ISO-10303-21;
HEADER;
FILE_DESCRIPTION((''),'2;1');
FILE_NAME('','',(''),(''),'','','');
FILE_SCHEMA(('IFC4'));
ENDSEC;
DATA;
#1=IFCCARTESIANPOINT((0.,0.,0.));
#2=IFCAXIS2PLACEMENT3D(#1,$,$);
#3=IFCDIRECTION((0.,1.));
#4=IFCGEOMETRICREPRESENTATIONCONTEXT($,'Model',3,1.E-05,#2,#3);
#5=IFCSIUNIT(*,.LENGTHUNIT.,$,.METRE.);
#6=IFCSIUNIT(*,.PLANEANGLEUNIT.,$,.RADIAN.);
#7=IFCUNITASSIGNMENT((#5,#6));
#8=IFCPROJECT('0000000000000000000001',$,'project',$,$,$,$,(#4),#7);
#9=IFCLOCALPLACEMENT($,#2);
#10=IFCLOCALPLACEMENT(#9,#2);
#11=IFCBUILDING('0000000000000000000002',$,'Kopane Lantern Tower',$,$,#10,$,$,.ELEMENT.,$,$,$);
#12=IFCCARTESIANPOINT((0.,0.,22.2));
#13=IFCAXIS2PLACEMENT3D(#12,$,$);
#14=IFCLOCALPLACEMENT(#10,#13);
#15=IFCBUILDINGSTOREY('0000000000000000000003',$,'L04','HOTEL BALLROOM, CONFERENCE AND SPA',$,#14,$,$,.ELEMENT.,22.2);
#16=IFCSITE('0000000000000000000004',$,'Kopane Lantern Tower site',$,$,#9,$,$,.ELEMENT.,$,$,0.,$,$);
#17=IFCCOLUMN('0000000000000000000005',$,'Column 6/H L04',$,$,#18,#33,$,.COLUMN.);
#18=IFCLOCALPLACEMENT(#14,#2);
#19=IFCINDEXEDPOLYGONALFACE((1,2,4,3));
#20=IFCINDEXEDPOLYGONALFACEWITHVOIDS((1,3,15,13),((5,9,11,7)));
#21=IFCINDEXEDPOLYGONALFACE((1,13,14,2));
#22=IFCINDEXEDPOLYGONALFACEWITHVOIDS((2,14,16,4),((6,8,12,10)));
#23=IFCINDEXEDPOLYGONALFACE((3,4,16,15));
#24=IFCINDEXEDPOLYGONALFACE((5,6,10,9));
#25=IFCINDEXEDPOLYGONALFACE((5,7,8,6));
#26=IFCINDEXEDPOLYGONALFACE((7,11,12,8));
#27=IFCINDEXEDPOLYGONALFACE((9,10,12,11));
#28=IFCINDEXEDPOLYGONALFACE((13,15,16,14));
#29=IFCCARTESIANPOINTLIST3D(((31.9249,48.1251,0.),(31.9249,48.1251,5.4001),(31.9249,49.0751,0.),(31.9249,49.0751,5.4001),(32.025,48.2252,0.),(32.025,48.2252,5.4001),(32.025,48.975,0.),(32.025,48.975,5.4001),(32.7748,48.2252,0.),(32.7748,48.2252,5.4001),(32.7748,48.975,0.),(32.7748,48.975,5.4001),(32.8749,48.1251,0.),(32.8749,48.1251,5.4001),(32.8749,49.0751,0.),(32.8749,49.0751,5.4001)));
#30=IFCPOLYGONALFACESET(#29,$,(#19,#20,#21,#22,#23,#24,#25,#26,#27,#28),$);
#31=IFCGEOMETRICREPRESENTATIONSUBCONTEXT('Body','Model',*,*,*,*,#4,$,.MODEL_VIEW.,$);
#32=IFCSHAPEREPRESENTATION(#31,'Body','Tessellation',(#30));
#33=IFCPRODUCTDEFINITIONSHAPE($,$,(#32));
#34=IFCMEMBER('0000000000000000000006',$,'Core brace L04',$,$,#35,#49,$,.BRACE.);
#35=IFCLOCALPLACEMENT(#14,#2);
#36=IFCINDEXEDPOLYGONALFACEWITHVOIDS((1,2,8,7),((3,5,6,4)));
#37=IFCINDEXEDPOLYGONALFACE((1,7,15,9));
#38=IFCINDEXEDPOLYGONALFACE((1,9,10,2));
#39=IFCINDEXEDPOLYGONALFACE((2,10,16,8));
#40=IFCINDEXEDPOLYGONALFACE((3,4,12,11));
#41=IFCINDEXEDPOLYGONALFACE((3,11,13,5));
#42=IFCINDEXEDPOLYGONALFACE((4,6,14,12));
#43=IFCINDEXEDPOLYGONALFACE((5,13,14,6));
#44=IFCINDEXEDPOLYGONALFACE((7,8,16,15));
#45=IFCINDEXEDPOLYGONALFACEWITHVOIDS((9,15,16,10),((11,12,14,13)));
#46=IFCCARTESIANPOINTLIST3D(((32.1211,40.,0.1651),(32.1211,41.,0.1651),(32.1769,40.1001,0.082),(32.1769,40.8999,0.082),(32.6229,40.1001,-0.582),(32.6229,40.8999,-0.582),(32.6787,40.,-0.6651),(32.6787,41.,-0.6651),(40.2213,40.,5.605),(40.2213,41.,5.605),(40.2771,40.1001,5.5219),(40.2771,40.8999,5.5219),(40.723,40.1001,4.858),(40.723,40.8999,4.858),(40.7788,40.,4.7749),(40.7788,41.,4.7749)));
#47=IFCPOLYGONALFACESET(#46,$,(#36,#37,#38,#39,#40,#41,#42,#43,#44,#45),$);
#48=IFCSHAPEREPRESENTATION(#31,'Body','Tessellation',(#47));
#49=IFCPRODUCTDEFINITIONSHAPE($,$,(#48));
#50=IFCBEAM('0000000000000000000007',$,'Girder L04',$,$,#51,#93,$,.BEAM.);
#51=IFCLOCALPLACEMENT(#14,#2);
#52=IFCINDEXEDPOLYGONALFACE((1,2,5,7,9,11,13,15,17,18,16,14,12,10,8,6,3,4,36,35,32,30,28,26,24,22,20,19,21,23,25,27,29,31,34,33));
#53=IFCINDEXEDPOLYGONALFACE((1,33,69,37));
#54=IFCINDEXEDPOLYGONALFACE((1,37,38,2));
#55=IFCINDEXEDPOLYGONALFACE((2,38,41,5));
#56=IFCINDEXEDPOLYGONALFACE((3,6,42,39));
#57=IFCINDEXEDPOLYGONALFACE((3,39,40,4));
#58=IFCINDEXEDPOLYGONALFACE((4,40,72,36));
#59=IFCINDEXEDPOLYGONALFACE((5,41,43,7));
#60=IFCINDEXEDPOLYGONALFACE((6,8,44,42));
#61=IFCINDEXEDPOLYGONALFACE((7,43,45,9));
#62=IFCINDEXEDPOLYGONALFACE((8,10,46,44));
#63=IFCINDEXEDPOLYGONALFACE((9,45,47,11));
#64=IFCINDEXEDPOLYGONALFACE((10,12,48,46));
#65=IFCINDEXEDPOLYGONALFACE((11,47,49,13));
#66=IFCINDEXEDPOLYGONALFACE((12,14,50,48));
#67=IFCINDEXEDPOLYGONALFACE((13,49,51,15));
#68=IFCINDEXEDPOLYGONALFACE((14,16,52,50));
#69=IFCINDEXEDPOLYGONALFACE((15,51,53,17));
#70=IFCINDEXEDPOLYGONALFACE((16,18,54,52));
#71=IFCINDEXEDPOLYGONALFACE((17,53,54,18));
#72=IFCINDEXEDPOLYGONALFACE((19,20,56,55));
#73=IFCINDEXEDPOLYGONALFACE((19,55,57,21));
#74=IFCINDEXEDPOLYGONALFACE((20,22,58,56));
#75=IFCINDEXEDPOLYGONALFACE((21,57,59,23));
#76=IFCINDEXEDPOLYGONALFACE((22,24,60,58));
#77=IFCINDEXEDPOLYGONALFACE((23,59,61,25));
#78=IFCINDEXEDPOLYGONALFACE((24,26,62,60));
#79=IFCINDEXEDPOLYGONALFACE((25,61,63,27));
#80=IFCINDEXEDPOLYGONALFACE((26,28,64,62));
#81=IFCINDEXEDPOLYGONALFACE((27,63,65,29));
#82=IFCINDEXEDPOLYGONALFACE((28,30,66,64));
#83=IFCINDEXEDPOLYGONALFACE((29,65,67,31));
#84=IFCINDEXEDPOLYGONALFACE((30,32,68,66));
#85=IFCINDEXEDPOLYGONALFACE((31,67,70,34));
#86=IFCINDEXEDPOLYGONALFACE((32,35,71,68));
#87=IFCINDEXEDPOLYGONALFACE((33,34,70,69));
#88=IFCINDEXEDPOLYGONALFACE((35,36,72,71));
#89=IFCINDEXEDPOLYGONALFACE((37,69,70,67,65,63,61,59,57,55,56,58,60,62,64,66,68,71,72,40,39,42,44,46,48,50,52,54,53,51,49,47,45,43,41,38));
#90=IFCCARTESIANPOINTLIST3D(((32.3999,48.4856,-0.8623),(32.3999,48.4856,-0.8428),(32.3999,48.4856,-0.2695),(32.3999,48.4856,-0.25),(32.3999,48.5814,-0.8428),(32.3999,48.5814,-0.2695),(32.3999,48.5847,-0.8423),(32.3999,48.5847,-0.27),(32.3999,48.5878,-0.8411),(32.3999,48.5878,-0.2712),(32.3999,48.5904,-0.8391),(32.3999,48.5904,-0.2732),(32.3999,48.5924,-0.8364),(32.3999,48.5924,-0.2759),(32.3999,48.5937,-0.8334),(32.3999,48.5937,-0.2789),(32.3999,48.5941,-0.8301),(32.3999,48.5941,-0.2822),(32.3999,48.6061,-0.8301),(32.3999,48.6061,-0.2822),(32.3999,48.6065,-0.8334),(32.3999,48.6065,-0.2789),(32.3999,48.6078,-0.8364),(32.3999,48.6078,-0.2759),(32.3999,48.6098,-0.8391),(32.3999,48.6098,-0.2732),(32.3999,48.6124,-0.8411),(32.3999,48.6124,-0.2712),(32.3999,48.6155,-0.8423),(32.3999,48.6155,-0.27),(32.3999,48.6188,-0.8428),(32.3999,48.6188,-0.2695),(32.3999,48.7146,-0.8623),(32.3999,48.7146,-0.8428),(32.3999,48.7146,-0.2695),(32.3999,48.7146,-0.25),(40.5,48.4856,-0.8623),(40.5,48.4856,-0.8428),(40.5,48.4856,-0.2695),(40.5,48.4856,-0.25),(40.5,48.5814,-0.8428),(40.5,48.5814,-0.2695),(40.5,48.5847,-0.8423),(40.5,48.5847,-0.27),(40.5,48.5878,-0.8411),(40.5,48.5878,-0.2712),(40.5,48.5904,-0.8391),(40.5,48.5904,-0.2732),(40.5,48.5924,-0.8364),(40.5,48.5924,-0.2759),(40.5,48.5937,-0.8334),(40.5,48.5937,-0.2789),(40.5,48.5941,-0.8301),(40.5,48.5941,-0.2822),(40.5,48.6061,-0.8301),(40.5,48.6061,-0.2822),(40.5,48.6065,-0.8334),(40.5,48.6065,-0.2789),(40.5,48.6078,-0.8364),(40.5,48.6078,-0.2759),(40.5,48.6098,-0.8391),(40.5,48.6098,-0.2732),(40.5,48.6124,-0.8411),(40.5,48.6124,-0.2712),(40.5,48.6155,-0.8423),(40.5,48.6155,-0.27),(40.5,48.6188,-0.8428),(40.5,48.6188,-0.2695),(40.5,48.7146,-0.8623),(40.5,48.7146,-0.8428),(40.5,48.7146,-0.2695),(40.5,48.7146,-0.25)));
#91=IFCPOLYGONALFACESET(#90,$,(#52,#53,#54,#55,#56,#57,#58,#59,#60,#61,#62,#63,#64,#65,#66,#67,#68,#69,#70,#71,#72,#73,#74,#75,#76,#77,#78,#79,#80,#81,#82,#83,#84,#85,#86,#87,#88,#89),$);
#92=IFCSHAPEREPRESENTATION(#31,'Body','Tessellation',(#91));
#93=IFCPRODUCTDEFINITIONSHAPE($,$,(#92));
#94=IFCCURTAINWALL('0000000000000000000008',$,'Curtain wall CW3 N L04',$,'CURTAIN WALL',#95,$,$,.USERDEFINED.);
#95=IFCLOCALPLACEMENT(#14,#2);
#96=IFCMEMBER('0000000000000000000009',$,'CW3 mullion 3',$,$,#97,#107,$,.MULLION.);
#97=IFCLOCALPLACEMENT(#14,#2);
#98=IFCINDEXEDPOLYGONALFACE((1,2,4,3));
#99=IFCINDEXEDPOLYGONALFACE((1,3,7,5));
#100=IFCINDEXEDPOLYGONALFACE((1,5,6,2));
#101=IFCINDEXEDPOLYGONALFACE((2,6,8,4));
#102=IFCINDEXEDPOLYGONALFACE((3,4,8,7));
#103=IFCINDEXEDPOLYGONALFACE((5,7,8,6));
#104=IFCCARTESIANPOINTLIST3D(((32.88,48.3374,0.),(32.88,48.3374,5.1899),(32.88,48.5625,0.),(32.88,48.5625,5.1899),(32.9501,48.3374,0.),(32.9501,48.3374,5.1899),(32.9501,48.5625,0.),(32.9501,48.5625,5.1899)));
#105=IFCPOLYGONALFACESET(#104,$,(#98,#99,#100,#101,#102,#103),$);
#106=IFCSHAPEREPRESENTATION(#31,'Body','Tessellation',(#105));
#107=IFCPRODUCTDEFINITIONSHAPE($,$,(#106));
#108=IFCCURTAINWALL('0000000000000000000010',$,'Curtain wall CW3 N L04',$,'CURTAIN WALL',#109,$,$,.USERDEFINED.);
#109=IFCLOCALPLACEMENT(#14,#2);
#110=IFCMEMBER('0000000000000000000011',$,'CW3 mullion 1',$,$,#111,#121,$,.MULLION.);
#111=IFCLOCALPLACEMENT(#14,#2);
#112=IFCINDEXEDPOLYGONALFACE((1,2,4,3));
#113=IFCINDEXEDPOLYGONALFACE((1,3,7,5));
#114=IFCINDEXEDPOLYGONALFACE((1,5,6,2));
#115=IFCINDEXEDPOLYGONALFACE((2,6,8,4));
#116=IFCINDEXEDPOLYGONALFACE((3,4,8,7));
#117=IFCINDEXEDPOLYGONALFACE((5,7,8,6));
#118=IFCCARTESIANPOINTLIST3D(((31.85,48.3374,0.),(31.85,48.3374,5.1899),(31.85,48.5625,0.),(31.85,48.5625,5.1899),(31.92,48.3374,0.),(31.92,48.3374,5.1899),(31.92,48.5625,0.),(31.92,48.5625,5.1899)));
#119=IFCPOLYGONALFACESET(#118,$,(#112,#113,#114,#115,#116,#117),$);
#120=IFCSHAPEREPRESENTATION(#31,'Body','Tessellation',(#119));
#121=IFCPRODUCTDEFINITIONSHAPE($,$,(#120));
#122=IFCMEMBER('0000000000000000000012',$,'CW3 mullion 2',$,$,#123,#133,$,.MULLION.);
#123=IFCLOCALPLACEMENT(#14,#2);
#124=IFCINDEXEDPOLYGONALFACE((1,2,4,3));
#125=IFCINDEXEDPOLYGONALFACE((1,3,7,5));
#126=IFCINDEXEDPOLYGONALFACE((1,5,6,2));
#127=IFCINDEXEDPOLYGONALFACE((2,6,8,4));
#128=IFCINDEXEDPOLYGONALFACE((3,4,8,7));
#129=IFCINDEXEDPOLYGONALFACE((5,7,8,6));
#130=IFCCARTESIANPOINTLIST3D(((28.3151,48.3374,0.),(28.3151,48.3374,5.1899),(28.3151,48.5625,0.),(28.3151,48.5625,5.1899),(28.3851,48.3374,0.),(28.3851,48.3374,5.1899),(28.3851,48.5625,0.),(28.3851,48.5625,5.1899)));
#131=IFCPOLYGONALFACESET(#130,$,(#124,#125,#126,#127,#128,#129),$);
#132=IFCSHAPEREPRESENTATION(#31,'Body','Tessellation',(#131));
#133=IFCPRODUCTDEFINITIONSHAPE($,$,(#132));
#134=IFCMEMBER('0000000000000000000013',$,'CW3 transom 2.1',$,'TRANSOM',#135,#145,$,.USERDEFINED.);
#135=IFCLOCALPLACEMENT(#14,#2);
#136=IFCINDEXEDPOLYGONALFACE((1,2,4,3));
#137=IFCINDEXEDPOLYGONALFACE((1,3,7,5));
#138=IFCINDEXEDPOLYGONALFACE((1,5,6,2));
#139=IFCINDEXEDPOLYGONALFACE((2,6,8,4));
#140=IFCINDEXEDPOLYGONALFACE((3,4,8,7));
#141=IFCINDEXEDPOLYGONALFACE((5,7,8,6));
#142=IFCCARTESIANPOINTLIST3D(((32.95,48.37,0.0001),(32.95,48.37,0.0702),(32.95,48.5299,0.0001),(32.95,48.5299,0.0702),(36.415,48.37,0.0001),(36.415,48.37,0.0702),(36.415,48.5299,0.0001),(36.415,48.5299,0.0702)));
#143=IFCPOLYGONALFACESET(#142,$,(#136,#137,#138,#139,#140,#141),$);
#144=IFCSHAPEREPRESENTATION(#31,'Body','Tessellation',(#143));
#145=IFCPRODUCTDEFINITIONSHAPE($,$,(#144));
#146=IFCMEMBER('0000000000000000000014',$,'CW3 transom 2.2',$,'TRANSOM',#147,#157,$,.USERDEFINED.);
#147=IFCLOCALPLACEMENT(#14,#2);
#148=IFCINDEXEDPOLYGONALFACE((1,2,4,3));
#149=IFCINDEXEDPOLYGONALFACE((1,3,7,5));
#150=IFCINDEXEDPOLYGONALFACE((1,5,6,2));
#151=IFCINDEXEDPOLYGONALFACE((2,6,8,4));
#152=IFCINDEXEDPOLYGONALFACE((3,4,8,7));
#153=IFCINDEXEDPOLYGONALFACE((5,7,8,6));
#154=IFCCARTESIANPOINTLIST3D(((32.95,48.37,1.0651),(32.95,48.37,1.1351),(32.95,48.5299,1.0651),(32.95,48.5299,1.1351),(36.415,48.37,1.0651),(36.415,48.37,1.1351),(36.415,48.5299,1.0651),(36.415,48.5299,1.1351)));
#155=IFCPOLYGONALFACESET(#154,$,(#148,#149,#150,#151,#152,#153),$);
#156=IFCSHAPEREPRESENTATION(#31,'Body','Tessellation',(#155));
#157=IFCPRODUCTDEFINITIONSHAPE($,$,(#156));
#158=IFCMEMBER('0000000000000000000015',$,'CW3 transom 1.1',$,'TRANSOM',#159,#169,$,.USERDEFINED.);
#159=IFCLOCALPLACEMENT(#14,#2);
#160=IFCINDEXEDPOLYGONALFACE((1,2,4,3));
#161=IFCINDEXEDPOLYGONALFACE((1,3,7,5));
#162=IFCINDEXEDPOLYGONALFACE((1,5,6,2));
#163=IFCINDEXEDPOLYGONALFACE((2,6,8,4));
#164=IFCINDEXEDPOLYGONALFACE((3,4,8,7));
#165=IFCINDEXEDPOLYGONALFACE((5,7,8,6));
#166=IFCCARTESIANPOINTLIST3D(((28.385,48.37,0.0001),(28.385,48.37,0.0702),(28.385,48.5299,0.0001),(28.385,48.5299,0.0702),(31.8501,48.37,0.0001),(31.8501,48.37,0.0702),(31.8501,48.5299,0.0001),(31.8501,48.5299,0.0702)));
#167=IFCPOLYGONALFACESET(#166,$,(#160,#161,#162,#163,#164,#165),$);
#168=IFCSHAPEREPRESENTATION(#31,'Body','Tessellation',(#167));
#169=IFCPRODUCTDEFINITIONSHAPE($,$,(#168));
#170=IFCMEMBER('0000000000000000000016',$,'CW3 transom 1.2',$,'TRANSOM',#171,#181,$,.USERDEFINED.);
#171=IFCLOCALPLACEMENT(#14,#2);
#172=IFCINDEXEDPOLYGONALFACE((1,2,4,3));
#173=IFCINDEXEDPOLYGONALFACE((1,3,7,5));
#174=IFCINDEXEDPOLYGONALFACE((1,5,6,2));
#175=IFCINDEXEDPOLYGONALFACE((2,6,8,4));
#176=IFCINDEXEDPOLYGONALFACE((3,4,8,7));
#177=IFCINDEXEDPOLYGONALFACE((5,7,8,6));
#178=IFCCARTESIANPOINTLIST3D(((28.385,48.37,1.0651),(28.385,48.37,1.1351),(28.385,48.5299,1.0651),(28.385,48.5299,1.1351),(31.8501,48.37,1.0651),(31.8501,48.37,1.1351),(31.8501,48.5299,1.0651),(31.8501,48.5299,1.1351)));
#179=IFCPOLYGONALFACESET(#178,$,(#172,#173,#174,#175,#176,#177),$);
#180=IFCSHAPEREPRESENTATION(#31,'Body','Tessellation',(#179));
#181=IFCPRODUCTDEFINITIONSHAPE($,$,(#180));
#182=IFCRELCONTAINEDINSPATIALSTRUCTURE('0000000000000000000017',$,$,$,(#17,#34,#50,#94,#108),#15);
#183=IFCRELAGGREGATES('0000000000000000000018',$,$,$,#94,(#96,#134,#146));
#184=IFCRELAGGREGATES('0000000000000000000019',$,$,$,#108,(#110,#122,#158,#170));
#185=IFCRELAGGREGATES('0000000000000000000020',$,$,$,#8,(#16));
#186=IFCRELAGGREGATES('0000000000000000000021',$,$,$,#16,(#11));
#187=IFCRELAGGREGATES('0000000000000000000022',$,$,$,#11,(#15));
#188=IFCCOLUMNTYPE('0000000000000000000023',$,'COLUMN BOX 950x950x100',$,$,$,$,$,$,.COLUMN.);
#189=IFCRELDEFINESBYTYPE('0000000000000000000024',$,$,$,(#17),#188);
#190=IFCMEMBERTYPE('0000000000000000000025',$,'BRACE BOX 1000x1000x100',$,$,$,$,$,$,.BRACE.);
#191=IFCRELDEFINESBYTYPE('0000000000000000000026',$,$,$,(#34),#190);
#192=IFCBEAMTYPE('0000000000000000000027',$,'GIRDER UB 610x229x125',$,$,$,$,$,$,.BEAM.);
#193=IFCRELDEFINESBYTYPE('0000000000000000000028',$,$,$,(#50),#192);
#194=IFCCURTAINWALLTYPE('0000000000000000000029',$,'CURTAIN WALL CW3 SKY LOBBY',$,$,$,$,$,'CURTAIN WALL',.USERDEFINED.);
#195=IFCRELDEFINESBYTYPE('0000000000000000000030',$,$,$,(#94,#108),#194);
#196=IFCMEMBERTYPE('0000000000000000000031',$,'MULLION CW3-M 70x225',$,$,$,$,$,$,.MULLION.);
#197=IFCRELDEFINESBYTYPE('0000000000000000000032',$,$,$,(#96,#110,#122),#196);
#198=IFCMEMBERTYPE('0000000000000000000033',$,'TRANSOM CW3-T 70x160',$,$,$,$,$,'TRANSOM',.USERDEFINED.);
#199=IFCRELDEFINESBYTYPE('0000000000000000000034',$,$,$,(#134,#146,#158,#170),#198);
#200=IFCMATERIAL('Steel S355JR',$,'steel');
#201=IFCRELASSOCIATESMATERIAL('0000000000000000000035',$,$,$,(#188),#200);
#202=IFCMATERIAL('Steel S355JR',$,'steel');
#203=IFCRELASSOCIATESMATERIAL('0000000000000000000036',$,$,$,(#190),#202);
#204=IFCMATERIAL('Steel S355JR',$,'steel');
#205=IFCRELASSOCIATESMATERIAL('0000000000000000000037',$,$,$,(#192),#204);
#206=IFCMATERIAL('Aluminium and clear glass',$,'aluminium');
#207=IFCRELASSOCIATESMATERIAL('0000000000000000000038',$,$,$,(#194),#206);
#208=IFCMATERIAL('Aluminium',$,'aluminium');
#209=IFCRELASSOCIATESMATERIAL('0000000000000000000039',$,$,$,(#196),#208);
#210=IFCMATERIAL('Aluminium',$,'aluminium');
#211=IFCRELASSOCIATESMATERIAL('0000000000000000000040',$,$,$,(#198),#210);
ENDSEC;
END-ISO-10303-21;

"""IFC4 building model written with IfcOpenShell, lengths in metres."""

from ifc_helpers import new_model, si_unit, direction, frame, origin, origin_2d, place, context, subcontext, project, spatial, rectangle, hollow_rectangle, i_section, extrude, material, material_profile, profile_set, type_object, element, aggregate, save


model = new_model("IFC4")

# Units and contexts
model_context = context("Model", 3, precision=1e-05, world=origin(), true_north=direction((0.0, 1.0)))
body_context = subcontext(model_context, "Body", "Model", "MODEL_VIEW")
ifc_project = project(units=[si_unit("LENGTHUNIT", "METRE"), si_unit("PLANEANGLEUNIT", "RADIAN")], contexts=[model_context])

# Site, building, storey
site_placement = place(None, origin())
site = spatial("IfcSite", under=ifc_project, at=site_placement, Name="Kopane Lantern Tower site", CompositionType="ELEMENT", RefElevation=0.0)
building_placement = place(site_placement, origin())
building = spatial("IfcBuilding", under=site, at=building_placement, Name="Kopane Lantern Tower", CompositionType="ELEMENT")
storey_placement = place(building_placement, frame((0.0, 0.0, 22.2)))
storey = spatial("IfcBuildingStorey", under=building, at=storey_placement, Name="L04", Description="HOTEL BALLROOM, CONFERENCE AND SPA", CompositionType="ELEMENT", Elevation=22.2)

# Column
ifc_material_1 = material(Name="Steel S355JR", Category="steel")
ifc_material_profile_1 = material_profile(ifc_material_1, hollow_rectangle(XDim=0.95, YDim=0.95, WallThickness=0.1001, at=origin_2d()), Name="BOX 950x950x100")
ifc_profile_set_1 = profile_set([ifc_material_profile_1], Name="Steel S355JR")
column_type = type_object("IfcColumnType", Name="COLUMN BOX 950x950x100", PredefinedType="COLUMN", material=ifc_profile_set_1)
column_placement = place(storey_placement, frame((32.3999, 48.6001, 0.0), z_axis=(0.0, 0.0, 1.0), x_axis=(1.0, 0.0, 0.0)))
element("IfcColumn", 1, at=column_placement, inside=storey, type_object=column_type, Name="Column 6/H L04", PredefinedType="COLUMN", context=body_context, shape_type="SweptSolid", body=[
    extrude(hollow_rectangle(XDim=0.95, YDim=0.95, WallThickness=0.1001, at=origin_2d()), origin(), (0.0, 0.0, 1.0), 5.4001),
])

# Member
ifc_material_2 = material(Name="Steel S355JR", Category="steel")
ifc_material_profile_2 = material_profile(ifc_material_2, hollow_rectangle(XDim=1.0, YDim=1.0, WallThickness=0.1001, at=origin_2d()), Name="BOX 1000x1000x100")
ifc_profile_set_2 = profile_set([ifc_material_profile_2], Name="Steel S355JR")
member_type_1 = type_object("IfcMemberType", Name="BRACE BOX 1000x1000x100", PredefinedType="BRACE", material=ifc_profile_set_2)
member_1_placement = place(storey_placement, frame((32.3999, 40.5, -0.25), z_axis=(0.830159, 0.0, 0.557526), x_axis=(0.0, 1.0, 0.0)))
element("IfcMember", 2, at=member_1_placement, inside=storey, type_object=member_type_1, Name="Core brace L04", PredefinedType="BRACE", context=body_context, shape_type="SweptSolid", body=[
    extrude(hollow_rectangle(XDim=1.0, YDim=1.0, WallThickness=0.1001, at=origin_2d()), origin(), (0.0, 0.0, 1.0), 9.7573),
])

# Beam
ifc_material_3 = material(Name="Steel S355JR", Category="steel")
ifc_material_profile_3 = material_profile(ifc_material_3, i_section(OverallWidth=0.229, OverallDepth=0.6123, WebThickness=0.012, FlangeThickness=0.0195, FilletRadius=0.0127, at=origin_2d()), Name="UB 610x229x125")
ifc_profile_set_3 = profile_set([ifc_material_profile_3], Name="Steel S355JR")
beam_type = type_object("IfcBeamType", Name="GIRDER UB 610x229x125", PredefinedType="BEAM", material=ifc_profile_set_3)
beam_placement = place(storey_placement, frame((32.3999, 48.6001, -0.5562), z_axis=(1.0, 0.0, 0.0), x_axis=(0.0, 1.0, 0.0)))
element("IfcBeam", 3, at=beam_placement, inside=storey, type_object=beam_type, Name="Girder L04", PredefinedType="BEAM", context=body_context, shape_type="SweptSolid", body=[
    extrude(i_section(OverallWidth=0.229, OverallDepth=0.6123, WebThickness=0.012, FlangeThickness=0.0195, FilletRadius=0.0127, at=origin_2d()), origin(), (0.0, 0.0, 1.0), 8.1001),
])

# Curtain wall, member
ifc_material_4 = material(Name="Aluminium and clear glass", Category="aluminium")
curtain_wall_type = type_object("IfcCurtainWallType", Name="CURTAIN WALL CW3 SKY LOBBY", ElementType="CURTAIN WALL", PredefinedType="USERDEFINED", material=ifc_material_4)
curtain_wall_1_placement = place(storey_placement, origin())
curtain_wall_1 = element("IfcCurtainWall", 4, at=curtain_wall_1_placement, inside=storey, type_object=curtain_wall_type, Name="Curtain wall CW3 N L04", ObjectType="CURTAIN WALL", PredefinedType="USERDEFINED")
ifc_material_5 = material(Name="Aluminium", Category="aluminium")
ifc_material_profile_4 = material_profile(ifc_material_5, rectangle(XDim=0.0701, YDim=0.2251, at=origin_2d()), Name="AL 70x225")
ifc_profile_set_4 = profile_set([ifc_material_profile_4], Name="Aluminium")
member_type_2 = type_object("IfcMemberType", Name="MULLION CW3-M 70x225", PredefinedType="MULLION", material=ifc_profile_set_4)
member_2_placement = place(storey_placement, frame((32.915, 48.45, 0.0), z_axis=(0.0, 0.0, 1.0), x_axis=(-1.0, 0.0, 0.0)))
member_2 = element("IfcMember", 5, at=member_2_placement, type_object=member_type_2, Name="CW3 mullion 3", PredefinedType="MULLION", context=body_context, shape_type="SweptSolid", body=[
    extrude(rectangle(XDim=0.0701, YDim=0.2251, at=origin_2d()), origin(), (0.0, 0.0, 1.0), 5.1899),
])

# Curtain wall, members
curtain_wall_2_placement = place(storey_placement, origin())
curtain_wall_2 = element("IfcCurtainWall", 6, at=curtain_wall_2_placement, inside=storey, type_object=curtain_wall_type, Name="Curtain wall CW3 N L04", ObjectType="CURTAIN WALL", PredefinedType="USERDEFINED")
member_3_placement = place(storey_placement, frame((31.885, 48.45, 0.0), z_axis=(0.0, 0.0, 1.0), x_axis=(-1.0, 0.0, 0.0)))
member_3 = element("IfcMember", 7, at=member_3_placement, type_object=member_type_2, Name="CW3 mullion 1", PredefinedType="MULLION", context=body_context, shape_type="SweptSolid", body=[
    extrude(rectangle(XDim=0.0701, YDim=0.2251, at=origin_2d()), origin(), (0.0, 0.0, 1.0), 5.1899),
])
member_4_placement = place(storey_placement, frame((28.3501, 48.45, 0.0), z_axis=(0.0, 0.0, 1.0), x_axis=(-1.0, 0.0, 0.0)))
member_4 = element("IfcMember", 8, at=member_4_placement, type_object=member_type_2, Name="CW3 mullion 2", PredefinedType="MULLION", context=body_context, shape_type="SweptSolid", body=[
    extrude(rectangle(XDim=0.0701, YDim=0.2251, at=origin_2d()), origin(), (0.0, 0.0, 1.0), 5.1899),
])

# Members
ifc_material_6 = material(Name="Aluminium", Category="aluminium")
ifc_material_profile_5 = material_profile(ifc_material_6, rectangle(XDim=0.1599, YDim=0.0701, at=origin_2d()), Name="AL 160x70")
ifc_profile_set_5 = profile_set([ifc_material_profile_5], Name="Aluminium")
member_type_3 = type_object("IfcMemberType", Name="TRANSOM CW3-T 70x160", ElementType="TRANSOM", PredefinedType="USERDEFINED", material=ifc_profile_set_5)
member_5_placement = place(storey_placement, frame((36.415, 48.45, 0.0352), z_axis=(-1.0, 0.0, 0.0), x_axis=(0.0, -1.0, 0.0)))
member_5 = element("IfcMember", 9, at=member_5_placement, type_object=member_type_3, Name="CW3 transom 2.1", ObjectType="TRANSOM", PredefinedType="USERDEFINED", context=body_context, shape_type="SweptSolid", body=[
    extrude(rectangle(XDim=0.1599, YDim=0.0701, at=origin_2d()), origin(), (0.0, 0.0, 1.0), 3.4651),
])
member_6_placement = place(storey_placement, frame((36.415, 48.45, 1.1001), z_axis=(-1.0, 0.0, 0.0), x_axis=(0.0, -1.0, 0.0)))
member_6 = element("IfcMember", 10, at=member_6_placement, type_object=member_type_3, Name="CW3 transom 2.2", ObjectType="TRANSOM", PredefinedType="USERDEFINED", context=body_context, shape_type="SweptSolid", body=[
    extrude(rectangle(XDim=0.1599, YDim=0.0701, at=origin_2d()), origin(), (0.0, 0.0, 1.0), 3.4651),
])
member_7_placement = place(storey_placement, frame((31.8501, 48.45, 0.0352), z_axis=(-1.0, 0.0, 0.0), x_axis=(0.0, -1.0, 0.0)))
member_7 = element("IfcMember", 11, at=member_7_placement, type_object=member_type_3, Name="CW3 transom 1.1", ObjectType="TRANSOM", PredefinedType="USERDEFINED", context=body_context, shape_type="SweptSolid", body=[
    extrude(rectangle(XDim=0.1599, YDim=0.0701, at=origin_2d()), origin(), (0.0, 0.0, 1.0), 3.4651),
])
member_8_placement = place(storey_placement, frame((31.8501, 48.45, 1.1001), z_axis=(-1.0, 0.0, 0.0), x_axis=(0.0, -1.0, 0.0)))
member_8 = element("IfcMember", 12, at=member_8_placement, type_object=member_type_3, Name="CW3 transom 1.2", ObjectType="TRANSOM", PredefinedType="USERDEFINED", context=body_context, shape_type="SweptSolid", body=[
    extrude(rectangle(XDim=0.1599, YDim=0.0701, at=origin_2d()), origin(), (0.0, 0.0, 1.0), 3.4651),
])

aggregate(curtain_wall_1, [member_2, member_5, member_6])
aggregate(curtain_wall_2, [member_3, member_4, member_7, member_8])

save(model, "model.ifc")
